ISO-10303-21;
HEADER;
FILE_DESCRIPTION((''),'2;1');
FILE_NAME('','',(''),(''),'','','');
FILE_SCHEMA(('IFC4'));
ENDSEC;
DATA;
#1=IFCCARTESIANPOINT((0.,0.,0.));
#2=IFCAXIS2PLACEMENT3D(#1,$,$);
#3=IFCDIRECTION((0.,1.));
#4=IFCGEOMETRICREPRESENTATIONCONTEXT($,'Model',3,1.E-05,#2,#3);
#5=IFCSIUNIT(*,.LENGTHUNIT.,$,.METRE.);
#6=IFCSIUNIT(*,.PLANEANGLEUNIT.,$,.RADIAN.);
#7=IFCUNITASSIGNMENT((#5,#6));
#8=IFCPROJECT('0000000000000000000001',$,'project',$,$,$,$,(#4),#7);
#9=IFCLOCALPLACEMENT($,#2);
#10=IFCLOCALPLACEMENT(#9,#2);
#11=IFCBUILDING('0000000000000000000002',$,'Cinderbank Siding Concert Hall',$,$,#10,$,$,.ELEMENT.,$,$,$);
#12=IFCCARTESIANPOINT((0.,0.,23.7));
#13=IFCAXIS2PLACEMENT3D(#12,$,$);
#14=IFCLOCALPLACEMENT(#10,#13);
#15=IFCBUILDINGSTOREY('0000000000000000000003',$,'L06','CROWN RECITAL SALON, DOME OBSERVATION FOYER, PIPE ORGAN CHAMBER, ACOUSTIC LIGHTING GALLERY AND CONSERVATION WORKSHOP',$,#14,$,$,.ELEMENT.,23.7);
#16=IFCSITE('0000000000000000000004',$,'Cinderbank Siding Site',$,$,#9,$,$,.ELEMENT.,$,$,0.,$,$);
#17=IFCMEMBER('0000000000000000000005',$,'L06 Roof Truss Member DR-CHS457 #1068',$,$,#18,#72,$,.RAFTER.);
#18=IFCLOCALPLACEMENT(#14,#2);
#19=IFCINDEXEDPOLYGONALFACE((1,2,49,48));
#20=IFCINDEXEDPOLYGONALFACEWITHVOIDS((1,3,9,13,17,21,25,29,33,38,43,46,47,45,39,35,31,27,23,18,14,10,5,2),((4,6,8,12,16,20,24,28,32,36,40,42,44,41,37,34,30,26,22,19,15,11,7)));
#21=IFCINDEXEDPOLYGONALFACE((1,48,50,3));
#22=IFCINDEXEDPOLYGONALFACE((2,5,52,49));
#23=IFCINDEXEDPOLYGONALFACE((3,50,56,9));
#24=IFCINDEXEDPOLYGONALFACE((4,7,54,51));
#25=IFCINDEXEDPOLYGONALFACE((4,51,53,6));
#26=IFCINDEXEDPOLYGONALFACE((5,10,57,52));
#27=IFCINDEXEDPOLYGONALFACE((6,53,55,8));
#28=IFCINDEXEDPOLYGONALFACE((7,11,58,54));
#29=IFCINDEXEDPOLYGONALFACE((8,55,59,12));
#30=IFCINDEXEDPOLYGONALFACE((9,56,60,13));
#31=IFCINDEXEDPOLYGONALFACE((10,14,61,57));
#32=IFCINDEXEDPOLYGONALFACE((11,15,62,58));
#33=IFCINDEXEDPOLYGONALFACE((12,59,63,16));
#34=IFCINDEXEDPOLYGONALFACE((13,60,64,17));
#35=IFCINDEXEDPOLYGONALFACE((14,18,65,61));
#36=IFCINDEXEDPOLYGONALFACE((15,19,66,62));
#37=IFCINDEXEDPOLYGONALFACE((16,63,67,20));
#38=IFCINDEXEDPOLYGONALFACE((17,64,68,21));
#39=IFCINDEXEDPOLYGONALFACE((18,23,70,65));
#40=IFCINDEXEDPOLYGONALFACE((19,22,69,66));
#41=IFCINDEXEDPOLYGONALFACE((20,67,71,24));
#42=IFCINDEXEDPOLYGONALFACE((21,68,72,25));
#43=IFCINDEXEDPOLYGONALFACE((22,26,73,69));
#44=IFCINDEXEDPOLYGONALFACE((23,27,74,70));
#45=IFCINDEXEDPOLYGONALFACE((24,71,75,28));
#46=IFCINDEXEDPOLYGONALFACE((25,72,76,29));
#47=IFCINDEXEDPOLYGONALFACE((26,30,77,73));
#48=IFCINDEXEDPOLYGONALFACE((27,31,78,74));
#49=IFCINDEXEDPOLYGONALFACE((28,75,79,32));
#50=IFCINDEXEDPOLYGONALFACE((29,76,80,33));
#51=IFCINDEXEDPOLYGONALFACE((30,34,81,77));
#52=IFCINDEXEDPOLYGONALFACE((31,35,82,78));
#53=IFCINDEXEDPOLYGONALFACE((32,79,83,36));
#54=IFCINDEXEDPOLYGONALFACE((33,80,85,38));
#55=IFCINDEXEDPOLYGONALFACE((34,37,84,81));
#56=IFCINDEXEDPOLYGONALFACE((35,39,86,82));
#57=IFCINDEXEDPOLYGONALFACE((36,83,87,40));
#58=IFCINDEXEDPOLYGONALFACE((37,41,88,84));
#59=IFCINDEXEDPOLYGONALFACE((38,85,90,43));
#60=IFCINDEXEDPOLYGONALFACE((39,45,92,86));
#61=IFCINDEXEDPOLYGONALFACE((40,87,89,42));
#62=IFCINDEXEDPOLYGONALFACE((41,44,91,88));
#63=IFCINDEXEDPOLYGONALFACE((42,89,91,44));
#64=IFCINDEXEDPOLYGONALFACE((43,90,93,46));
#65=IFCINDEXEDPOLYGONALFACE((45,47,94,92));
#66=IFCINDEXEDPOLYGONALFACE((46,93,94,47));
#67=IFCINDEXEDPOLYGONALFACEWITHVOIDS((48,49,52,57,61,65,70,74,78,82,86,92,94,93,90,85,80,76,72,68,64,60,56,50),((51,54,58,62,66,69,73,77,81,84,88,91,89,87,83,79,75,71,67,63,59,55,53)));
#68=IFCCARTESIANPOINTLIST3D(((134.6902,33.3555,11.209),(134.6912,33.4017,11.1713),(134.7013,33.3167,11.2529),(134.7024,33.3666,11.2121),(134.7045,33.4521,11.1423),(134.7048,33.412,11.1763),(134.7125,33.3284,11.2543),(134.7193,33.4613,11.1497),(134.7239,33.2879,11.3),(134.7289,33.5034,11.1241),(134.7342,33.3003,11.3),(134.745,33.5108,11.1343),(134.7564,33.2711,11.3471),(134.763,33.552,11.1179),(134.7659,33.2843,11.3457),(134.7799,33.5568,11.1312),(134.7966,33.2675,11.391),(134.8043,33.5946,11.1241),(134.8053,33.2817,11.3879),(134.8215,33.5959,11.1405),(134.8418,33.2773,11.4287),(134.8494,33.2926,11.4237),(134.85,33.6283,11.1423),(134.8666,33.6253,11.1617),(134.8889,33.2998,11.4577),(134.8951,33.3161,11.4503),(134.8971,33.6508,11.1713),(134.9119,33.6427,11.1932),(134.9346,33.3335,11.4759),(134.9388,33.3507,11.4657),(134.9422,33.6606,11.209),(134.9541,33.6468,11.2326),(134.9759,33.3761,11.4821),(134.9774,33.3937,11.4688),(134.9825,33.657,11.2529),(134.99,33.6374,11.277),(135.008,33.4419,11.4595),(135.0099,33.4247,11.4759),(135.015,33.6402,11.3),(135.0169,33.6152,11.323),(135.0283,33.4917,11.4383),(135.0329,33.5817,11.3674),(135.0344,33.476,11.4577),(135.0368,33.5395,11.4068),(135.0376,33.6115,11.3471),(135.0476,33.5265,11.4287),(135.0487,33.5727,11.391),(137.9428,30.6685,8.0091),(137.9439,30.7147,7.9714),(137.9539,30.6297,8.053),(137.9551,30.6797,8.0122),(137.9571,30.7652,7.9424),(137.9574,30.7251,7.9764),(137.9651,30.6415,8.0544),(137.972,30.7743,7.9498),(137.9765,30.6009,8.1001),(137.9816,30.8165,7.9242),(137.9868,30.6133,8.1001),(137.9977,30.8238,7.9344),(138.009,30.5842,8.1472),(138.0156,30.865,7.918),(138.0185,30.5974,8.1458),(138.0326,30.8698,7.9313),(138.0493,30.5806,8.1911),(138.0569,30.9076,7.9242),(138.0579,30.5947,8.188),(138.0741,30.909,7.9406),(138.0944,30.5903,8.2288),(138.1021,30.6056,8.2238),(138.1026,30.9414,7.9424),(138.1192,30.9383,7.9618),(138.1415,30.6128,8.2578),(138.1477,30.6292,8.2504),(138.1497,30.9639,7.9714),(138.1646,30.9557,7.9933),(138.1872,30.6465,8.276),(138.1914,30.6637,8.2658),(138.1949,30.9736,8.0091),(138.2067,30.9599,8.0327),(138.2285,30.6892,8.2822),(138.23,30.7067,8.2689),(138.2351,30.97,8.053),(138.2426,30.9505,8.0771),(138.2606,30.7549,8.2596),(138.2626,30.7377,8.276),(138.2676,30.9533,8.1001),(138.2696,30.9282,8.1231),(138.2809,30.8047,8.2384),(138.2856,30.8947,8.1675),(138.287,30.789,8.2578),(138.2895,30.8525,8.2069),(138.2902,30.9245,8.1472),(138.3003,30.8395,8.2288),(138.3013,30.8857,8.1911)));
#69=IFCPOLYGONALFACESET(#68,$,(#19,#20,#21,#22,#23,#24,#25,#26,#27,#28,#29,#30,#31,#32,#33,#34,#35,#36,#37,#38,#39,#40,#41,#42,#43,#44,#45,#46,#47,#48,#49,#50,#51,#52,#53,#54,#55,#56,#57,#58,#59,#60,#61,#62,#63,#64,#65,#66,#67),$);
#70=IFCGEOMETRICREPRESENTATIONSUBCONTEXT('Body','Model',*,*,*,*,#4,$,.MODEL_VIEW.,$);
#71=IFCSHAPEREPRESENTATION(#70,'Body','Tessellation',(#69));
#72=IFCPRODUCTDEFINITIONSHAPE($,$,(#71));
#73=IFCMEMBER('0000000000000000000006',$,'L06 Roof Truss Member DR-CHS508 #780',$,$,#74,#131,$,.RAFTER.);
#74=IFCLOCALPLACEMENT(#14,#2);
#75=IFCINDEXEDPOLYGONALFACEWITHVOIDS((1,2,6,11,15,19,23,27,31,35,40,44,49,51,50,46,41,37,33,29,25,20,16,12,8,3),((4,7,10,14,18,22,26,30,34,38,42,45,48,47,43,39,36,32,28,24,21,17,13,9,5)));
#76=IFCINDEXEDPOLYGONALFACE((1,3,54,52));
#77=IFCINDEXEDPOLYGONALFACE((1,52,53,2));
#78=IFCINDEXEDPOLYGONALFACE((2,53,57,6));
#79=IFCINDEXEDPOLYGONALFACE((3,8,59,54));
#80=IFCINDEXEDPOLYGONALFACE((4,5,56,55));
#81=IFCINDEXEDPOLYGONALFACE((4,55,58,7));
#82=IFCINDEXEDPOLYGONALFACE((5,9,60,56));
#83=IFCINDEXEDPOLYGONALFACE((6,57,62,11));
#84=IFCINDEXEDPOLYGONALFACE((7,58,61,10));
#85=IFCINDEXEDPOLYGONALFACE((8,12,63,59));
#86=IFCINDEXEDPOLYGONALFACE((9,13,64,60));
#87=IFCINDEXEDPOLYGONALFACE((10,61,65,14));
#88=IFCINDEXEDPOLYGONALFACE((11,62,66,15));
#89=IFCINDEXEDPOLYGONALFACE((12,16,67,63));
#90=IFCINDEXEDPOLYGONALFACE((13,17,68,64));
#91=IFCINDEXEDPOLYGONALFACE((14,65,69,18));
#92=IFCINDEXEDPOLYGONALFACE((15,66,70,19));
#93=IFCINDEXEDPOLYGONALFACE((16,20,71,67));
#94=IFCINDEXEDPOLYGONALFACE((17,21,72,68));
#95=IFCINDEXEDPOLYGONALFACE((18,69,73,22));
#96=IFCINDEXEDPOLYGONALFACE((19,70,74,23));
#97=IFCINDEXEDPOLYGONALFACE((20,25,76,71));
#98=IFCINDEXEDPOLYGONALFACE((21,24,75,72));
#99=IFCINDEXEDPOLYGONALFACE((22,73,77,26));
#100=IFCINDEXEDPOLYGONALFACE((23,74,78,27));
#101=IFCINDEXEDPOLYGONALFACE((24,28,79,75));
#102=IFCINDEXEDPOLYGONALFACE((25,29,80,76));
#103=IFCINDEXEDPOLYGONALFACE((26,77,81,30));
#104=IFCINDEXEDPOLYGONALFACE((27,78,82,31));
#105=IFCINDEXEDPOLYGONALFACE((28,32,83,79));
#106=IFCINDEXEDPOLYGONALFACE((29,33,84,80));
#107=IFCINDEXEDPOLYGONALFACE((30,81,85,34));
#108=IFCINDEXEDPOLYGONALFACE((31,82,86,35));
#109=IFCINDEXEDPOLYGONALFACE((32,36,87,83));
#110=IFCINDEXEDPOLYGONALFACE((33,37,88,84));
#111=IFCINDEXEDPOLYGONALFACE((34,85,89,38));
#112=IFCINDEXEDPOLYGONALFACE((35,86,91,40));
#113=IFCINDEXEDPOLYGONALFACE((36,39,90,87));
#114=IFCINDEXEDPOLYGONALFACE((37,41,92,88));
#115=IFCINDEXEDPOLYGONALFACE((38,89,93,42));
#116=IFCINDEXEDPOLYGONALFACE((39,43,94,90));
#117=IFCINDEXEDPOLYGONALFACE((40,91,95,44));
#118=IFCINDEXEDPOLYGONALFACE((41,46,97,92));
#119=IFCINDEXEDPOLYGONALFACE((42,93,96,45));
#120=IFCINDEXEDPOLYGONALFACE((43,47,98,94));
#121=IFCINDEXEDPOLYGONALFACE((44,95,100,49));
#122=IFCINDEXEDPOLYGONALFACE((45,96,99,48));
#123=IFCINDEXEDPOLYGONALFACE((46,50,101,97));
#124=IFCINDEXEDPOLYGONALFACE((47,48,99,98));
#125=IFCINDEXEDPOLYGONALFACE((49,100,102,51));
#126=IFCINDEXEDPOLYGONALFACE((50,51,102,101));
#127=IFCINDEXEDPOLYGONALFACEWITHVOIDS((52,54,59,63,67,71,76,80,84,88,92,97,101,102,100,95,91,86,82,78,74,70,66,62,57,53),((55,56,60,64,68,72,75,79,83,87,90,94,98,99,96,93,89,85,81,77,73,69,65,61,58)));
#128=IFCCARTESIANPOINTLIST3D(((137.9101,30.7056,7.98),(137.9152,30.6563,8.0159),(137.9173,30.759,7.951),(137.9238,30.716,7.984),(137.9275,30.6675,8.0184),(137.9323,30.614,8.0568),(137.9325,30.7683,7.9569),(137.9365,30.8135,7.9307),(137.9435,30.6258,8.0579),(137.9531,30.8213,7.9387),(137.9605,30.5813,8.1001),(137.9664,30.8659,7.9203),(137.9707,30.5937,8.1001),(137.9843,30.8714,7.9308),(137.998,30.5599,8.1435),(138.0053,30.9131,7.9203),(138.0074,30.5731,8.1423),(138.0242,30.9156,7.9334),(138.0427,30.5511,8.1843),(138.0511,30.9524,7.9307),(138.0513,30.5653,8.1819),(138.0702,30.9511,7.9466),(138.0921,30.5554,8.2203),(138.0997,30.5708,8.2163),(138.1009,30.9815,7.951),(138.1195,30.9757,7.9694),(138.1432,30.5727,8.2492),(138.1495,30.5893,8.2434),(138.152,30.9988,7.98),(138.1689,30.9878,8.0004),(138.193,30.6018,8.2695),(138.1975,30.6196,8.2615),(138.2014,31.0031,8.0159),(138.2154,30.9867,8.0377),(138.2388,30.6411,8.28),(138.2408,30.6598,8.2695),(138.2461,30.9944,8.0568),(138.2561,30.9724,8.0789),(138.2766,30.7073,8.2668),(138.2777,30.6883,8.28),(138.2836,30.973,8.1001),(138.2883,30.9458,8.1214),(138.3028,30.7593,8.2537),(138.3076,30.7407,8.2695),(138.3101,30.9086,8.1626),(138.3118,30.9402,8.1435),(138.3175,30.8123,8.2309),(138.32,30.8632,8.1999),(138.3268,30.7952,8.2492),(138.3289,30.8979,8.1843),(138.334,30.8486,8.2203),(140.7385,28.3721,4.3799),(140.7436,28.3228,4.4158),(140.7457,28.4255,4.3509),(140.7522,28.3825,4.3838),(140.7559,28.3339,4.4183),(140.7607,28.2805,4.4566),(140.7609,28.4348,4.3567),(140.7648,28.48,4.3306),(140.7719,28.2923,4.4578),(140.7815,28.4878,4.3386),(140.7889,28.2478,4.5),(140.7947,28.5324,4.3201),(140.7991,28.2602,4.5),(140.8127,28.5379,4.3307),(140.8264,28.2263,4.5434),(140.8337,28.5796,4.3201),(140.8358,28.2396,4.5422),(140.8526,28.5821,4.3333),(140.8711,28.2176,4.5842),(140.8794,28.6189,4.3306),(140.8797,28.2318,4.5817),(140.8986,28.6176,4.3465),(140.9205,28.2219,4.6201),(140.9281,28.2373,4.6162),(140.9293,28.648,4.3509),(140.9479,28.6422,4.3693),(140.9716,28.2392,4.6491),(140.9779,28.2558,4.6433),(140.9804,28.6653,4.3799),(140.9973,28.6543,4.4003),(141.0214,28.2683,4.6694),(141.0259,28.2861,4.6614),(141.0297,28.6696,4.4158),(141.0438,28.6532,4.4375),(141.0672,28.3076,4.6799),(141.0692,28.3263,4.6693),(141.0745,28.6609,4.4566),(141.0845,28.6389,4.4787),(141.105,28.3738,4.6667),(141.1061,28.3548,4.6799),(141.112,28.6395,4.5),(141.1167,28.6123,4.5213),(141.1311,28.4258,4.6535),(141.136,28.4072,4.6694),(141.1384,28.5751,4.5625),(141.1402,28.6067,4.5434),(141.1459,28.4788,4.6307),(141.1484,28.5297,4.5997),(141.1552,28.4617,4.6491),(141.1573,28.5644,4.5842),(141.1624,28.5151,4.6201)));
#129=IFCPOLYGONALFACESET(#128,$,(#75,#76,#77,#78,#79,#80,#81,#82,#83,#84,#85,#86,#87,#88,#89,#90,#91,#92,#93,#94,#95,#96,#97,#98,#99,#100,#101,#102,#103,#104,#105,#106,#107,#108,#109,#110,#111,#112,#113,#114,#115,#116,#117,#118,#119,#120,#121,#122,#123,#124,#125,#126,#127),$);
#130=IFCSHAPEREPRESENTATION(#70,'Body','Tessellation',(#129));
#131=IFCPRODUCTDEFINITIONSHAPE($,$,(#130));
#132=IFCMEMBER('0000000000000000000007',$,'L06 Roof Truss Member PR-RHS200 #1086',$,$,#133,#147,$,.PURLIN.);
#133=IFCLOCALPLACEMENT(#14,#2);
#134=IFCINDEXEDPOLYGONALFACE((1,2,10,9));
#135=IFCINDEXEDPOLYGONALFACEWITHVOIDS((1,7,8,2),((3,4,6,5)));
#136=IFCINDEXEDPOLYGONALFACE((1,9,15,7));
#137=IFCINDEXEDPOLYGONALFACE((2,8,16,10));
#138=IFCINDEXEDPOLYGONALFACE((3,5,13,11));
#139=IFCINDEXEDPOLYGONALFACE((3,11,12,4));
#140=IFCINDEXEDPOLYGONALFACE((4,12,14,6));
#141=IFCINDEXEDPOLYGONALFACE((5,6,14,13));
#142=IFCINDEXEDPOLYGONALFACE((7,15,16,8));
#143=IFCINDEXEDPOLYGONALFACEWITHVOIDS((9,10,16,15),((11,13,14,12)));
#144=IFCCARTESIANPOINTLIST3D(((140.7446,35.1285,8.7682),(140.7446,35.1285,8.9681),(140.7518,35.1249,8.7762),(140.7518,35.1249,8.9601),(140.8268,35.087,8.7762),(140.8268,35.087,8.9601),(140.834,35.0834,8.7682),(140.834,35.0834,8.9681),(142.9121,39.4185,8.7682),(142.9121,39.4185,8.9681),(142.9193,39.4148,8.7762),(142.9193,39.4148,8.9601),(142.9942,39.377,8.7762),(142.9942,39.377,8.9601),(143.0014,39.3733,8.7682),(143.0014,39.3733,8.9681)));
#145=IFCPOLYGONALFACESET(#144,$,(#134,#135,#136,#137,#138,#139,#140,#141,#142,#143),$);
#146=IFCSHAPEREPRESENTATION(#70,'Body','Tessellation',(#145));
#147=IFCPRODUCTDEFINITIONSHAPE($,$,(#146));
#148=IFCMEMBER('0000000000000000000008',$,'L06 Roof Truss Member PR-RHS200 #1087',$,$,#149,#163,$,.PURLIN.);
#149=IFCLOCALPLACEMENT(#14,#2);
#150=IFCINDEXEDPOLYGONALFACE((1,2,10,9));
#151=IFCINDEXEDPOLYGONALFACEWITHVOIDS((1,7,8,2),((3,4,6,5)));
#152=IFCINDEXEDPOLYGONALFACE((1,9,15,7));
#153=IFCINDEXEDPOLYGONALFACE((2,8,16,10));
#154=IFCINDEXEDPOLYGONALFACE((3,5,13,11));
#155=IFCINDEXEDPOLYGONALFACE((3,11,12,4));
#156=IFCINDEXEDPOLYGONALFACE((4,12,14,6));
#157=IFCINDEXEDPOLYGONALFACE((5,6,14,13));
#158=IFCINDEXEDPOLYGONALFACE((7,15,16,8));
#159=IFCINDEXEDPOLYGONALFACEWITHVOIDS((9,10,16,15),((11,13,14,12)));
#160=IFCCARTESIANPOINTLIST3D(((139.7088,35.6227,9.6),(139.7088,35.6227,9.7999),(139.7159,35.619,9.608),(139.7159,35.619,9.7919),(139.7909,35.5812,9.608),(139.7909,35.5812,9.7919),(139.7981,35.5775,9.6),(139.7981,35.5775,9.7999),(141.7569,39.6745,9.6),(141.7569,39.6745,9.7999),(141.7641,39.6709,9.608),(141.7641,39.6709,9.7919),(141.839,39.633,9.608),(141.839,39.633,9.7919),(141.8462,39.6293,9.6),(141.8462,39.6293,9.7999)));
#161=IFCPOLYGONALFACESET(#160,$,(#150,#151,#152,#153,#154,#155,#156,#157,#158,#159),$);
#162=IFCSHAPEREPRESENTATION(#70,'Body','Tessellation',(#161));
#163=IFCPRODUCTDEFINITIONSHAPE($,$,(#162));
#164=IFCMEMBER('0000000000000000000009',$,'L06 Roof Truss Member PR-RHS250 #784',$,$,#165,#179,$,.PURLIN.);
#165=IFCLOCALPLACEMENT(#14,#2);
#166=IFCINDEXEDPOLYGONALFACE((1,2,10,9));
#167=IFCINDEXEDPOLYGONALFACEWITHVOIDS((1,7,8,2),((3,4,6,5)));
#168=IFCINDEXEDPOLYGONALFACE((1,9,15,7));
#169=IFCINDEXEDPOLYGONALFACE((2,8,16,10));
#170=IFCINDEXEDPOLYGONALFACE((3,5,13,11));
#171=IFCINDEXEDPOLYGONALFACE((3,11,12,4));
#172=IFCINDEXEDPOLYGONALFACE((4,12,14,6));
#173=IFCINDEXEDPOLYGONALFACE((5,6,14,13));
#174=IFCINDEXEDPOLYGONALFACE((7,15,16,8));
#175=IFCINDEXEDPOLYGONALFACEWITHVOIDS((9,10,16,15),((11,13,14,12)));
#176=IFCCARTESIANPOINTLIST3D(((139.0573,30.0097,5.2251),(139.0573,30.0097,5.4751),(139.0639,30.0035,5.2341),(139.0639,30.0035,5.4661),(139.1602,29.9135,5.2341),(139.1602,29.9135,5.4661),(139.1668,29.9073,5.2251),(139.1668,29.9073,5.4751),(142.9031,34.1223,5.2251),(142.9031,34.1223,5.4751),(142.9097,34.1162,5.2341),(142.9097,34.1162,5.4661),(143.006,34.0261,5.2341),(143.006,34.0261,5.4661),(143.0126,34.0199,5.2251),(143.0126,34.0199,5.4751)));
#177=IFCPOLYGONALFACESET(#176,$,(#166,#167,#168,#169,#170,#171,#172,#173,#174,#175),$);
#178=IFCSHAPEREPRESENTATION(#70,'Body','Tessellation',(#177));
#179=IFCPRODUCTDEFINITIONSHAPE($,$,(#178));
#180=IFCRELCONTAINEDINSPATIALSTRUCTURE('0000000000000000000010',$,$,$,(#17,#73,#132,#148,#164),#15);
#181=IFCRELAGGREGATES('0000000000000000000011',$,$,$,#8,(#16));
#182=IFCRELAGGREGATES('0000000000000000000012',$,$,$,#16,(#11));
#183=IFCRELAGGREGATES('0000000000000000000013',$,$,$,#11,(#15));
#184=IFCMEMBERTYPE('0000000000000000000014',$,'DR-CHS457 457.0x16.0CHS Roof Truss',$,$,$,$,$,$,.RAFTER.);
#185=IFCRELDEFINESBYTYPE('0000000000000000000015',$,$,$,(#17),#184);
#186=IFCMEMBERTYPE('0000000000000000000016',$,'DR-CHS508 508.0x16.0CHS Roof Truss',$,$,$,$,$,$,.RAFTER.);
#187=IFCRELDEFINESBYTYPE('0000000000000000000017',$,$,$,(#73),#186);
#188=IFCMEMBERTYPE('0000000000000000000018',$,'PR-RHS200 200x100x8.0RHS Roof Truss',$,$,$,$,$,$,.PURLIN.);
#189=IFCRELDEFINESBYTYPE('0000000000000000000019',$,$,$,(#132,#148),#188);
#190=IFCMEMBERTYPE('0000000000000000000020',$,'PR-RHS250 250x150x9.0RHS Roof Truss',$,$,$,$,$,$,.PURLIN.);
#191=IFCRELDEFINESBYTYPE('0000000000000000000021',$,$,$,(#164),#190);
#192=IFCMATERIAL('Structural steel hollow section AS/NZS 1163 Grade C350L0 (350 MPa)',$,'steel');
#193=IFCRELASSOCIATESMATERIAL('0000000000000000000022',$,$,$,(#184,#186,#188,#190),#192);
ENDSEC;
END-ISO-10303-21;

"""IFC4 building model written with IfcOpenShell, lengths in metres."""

from ifc_helpers import new_model, si_unit, direction, frame, origin, origin_2d, place, context, subcontext, project, spatial, hollow_rectangle, hollow_circle, extrude, material, material_profile, profile_set, type_object, element, save


model = new_model("IFC4")

# Units and contexts
model_context = context("Model", 3, precision=1e-05, world=origin(), true_north=direction((0.0, 1.0)))
body_context = subcontext(model_context, "Body", "Model", "MODEL_VIEW")
ifc_project = project(units=[si_unit("LENGTHUNIT", "METRE"), si_unit("PLANEANGLEUNIT", "RADIAN")], contexts=[model_context])

# Site, building, storey
site_placement = place(None, origin())
site = spatial("IfcSite", under=ifc_project, at=site_placement, Name="Cinderbank Siding Site", CompositionType="ELEMENT", RefElevation=0.0)
building_placement = place(site_placement, origin())
building = spatial("IfcBuilding", under=site, at=building_placement, Name="Cinderbank Siding Concert Hall", CompositionType="ELEMENT")
storey_placement = place(building_placement, frame((0.0, 0.0, 23.7)))
storey = spatial("IfcBuildingStorey", under=building, at=storey_placement, Name="L06", Description="CROWN RECITAL SALON, DOME OBSERVATION FOYER, PIPE ORGAN CHAMBER, ACOUSTIC LIGHTING GALLERY AND CONSERVATION WORKSHOP", CompositionType="ELEMENT", Elevation=23.7)

# Members
ifc_material_1 = material(Name="Structural steel hollow section AS/NZS 1163 Grade C350L0 (350 MPa)", Category="steel")
ifc_material_profile_1 = material_profile(ifc_material_1, hollow_circle(Radius=0.2285, WallThickness=0.0161, at=origin_2d()), Name="457.0x16.0CHS", Category="LoadBearing")
ifc_profile_set_1 = profile_set([ifc_material_profile_1], Name="Structural steel hollow section AS/NZS 1163 Grade C350L0 (350 MPa)")
member_type_1 = type_object("IfcMemberType", Name="DR-CHS457 457.0x16.0CHS Roof Truss", PredefinedType="RAFTER", material=ifc_profile_set_1)
member_1_placement = place(storey_placement, frame((138.1221, 30.7771, 8.1001), z_axis=(-0.614265, 0.507438, 0.604306), x_axis=(-0.636883, -0.770961, 0.0)))
element("IfcMember", 1, at=member_1_placement, inside=storey, type_object=member_type_1, Name="L06 Roof Truss Member DR-CHS457 #1068", PredefinedType="RAFTER", context=body_context, shape_type="SweptSolid", body=[
    extrude(hollow_circle(Radius=0.2285, WallThickness=0.0161, at=origin_2d()), origin(), (0.0, 0.0, 1.0), 5.2952),
])
ifc_material_profile_2 = material_profile(ifc_material_1, hollow_circle(Radius=0.2539, WallThickness=0.0161, at=origin_2d()), Name="508.0x16.0CHS", Category="LoadBearing")
ifc_profile_set_2 = profile_set([ifc_material_profile_2], Name="Structural steel hollow section AS/NZS 1163 Grade C350L0 (350 MPa)")
member_type_2 = type_object("IfcMemberType", Name="DR-CHS508 508.0x16.0CHS Roof Truss", PredefinedType="RAFTER", material=ifc_profile_set_2)
member_2_placement = place(storey_placement, frame((140.9504, 28.4436, 4.5), z_axis=(-0.550412, 0.454108, 0.700594), x_axis=(-0.636398, -0.771361, 0.0)))
element("IfcMember", 2, at=member_2_placement, inside=storey, type_object=member_type_2, Name="L06 Roof Truss Member DR-CHS508 #780", PredefinedType="RAFTER", context=body_context, shape_type="SweptSolid", body=[
    extrude(hollow_circle(Radius=0.2539, WallThickness=0.0161, at=origin_2d()), origin(), (0.0, 0.0, 1.0), 5.1387),
])
ifc_material_profile_3 = material_profile(ifc_material_1, hollow_rectangle(XDim=0.1001, YDim=0.2, WallThickness=0.0081, at=origin_2d()), Name="200x100x8.0RHS", Category="LoadBearing")
ifc_profile_set_3 = profile_set([ifc_material_profile_3], Name="Structural steel hollow section AS/NZS 1163 Grade C350L0 (350 MPa)")
member_type_3 = type_object("IfcMemberType", Name="PR-RHS200 200x100x8.0RHS Roof Truss", PredefinedType="PURLIN", material=ifc_profile_set_3)
member_3_placement = place(storey_placement, frame((140.7893, 35.106, 8.8682), z_axis=(0.450948, 0.89255, 0.0), x_axis=(-0.89255, 0.450948, 0.0)))
element("IfcMember", 3, at=member_3_placement, inside=storey, type_object=member_type_3, Name="L06 Roof Truss Member PR-RHS200 #1086", PredefinedType="PURLIN", context=body_context, shape_type="SweptSolid", body=[
    extrude(hollow_rectangle(XDim=0.1001, YDim=0.2, WallThickness=0.0081, at=origin_2d()), origin(), (0.0, 0.0, 1.0), 4.8064),
])
member_4_placement = place(storey_placement, frame((139.7534, 35.6001, 9.7), z_axis=(0.451124, 0.892461, 0.0), x_axis=(-0.892461, 0.451124, 0.0)))
element("IfcMember", 4, at=member_4_placement, inside=storey, type_object=member_type_3, Name="L06 Roof Truss Member PR-RHS200 #1087", PredefinedType="PURLIN", context=body_context, shape_type="SweptSolid", body=[
    extrude(hollow_rectangle(XDim=0.1001, YDim=0.2, WallThickness=0.0081, at=origin_2d()), origin(), (0.0, 0.0, 1.0), 4.54),
])
ifc_material_profile_4 = material_profile(ifc_material_1, hollow_rectangle(XDim=0.1499, YDim=0.25, WallThickness=0.009, at=origin_2d()), Name="250x150x9.0RHS", Category="LoadBearing")
ifc_profile_set_4 = profile_set([ifc_material_profile_4], Name="Structural steel hollow section AS/NZS 1163 Grade C350L0 (350 MPa)")
member_type_4 = type_object("IfcMemberType", Name="PR-RHS250 250x150x9.0RHS Roof Truss", PredefinedType="PURLIN", material=ifc_profile_set_4)
member_5_placement = place(storey_placement, frame((139.1121, 29.9585, 5.3501), z_axis=(0.683013, 0.730406, 0.0), x_axis=(-0.730406, 0.683013, 0.0)))
element("IfcMember", 5, at=member_5_placement, inside=storey, type_object=member_type_4, Name="L06 Roof Truss Member PR-RHS250 #784", PredefinedType="PURLIN", context=body_context, shape_type="SweptSolid", body=[
    extrude(hollow_rectangle(XDim=0.1499, YDim=0.25, WallThickness=0.009, at=origin_2d()), origin(), (0.0, 0.0, 1.0), 5.6306),
])

save(model, "model.ifc")
